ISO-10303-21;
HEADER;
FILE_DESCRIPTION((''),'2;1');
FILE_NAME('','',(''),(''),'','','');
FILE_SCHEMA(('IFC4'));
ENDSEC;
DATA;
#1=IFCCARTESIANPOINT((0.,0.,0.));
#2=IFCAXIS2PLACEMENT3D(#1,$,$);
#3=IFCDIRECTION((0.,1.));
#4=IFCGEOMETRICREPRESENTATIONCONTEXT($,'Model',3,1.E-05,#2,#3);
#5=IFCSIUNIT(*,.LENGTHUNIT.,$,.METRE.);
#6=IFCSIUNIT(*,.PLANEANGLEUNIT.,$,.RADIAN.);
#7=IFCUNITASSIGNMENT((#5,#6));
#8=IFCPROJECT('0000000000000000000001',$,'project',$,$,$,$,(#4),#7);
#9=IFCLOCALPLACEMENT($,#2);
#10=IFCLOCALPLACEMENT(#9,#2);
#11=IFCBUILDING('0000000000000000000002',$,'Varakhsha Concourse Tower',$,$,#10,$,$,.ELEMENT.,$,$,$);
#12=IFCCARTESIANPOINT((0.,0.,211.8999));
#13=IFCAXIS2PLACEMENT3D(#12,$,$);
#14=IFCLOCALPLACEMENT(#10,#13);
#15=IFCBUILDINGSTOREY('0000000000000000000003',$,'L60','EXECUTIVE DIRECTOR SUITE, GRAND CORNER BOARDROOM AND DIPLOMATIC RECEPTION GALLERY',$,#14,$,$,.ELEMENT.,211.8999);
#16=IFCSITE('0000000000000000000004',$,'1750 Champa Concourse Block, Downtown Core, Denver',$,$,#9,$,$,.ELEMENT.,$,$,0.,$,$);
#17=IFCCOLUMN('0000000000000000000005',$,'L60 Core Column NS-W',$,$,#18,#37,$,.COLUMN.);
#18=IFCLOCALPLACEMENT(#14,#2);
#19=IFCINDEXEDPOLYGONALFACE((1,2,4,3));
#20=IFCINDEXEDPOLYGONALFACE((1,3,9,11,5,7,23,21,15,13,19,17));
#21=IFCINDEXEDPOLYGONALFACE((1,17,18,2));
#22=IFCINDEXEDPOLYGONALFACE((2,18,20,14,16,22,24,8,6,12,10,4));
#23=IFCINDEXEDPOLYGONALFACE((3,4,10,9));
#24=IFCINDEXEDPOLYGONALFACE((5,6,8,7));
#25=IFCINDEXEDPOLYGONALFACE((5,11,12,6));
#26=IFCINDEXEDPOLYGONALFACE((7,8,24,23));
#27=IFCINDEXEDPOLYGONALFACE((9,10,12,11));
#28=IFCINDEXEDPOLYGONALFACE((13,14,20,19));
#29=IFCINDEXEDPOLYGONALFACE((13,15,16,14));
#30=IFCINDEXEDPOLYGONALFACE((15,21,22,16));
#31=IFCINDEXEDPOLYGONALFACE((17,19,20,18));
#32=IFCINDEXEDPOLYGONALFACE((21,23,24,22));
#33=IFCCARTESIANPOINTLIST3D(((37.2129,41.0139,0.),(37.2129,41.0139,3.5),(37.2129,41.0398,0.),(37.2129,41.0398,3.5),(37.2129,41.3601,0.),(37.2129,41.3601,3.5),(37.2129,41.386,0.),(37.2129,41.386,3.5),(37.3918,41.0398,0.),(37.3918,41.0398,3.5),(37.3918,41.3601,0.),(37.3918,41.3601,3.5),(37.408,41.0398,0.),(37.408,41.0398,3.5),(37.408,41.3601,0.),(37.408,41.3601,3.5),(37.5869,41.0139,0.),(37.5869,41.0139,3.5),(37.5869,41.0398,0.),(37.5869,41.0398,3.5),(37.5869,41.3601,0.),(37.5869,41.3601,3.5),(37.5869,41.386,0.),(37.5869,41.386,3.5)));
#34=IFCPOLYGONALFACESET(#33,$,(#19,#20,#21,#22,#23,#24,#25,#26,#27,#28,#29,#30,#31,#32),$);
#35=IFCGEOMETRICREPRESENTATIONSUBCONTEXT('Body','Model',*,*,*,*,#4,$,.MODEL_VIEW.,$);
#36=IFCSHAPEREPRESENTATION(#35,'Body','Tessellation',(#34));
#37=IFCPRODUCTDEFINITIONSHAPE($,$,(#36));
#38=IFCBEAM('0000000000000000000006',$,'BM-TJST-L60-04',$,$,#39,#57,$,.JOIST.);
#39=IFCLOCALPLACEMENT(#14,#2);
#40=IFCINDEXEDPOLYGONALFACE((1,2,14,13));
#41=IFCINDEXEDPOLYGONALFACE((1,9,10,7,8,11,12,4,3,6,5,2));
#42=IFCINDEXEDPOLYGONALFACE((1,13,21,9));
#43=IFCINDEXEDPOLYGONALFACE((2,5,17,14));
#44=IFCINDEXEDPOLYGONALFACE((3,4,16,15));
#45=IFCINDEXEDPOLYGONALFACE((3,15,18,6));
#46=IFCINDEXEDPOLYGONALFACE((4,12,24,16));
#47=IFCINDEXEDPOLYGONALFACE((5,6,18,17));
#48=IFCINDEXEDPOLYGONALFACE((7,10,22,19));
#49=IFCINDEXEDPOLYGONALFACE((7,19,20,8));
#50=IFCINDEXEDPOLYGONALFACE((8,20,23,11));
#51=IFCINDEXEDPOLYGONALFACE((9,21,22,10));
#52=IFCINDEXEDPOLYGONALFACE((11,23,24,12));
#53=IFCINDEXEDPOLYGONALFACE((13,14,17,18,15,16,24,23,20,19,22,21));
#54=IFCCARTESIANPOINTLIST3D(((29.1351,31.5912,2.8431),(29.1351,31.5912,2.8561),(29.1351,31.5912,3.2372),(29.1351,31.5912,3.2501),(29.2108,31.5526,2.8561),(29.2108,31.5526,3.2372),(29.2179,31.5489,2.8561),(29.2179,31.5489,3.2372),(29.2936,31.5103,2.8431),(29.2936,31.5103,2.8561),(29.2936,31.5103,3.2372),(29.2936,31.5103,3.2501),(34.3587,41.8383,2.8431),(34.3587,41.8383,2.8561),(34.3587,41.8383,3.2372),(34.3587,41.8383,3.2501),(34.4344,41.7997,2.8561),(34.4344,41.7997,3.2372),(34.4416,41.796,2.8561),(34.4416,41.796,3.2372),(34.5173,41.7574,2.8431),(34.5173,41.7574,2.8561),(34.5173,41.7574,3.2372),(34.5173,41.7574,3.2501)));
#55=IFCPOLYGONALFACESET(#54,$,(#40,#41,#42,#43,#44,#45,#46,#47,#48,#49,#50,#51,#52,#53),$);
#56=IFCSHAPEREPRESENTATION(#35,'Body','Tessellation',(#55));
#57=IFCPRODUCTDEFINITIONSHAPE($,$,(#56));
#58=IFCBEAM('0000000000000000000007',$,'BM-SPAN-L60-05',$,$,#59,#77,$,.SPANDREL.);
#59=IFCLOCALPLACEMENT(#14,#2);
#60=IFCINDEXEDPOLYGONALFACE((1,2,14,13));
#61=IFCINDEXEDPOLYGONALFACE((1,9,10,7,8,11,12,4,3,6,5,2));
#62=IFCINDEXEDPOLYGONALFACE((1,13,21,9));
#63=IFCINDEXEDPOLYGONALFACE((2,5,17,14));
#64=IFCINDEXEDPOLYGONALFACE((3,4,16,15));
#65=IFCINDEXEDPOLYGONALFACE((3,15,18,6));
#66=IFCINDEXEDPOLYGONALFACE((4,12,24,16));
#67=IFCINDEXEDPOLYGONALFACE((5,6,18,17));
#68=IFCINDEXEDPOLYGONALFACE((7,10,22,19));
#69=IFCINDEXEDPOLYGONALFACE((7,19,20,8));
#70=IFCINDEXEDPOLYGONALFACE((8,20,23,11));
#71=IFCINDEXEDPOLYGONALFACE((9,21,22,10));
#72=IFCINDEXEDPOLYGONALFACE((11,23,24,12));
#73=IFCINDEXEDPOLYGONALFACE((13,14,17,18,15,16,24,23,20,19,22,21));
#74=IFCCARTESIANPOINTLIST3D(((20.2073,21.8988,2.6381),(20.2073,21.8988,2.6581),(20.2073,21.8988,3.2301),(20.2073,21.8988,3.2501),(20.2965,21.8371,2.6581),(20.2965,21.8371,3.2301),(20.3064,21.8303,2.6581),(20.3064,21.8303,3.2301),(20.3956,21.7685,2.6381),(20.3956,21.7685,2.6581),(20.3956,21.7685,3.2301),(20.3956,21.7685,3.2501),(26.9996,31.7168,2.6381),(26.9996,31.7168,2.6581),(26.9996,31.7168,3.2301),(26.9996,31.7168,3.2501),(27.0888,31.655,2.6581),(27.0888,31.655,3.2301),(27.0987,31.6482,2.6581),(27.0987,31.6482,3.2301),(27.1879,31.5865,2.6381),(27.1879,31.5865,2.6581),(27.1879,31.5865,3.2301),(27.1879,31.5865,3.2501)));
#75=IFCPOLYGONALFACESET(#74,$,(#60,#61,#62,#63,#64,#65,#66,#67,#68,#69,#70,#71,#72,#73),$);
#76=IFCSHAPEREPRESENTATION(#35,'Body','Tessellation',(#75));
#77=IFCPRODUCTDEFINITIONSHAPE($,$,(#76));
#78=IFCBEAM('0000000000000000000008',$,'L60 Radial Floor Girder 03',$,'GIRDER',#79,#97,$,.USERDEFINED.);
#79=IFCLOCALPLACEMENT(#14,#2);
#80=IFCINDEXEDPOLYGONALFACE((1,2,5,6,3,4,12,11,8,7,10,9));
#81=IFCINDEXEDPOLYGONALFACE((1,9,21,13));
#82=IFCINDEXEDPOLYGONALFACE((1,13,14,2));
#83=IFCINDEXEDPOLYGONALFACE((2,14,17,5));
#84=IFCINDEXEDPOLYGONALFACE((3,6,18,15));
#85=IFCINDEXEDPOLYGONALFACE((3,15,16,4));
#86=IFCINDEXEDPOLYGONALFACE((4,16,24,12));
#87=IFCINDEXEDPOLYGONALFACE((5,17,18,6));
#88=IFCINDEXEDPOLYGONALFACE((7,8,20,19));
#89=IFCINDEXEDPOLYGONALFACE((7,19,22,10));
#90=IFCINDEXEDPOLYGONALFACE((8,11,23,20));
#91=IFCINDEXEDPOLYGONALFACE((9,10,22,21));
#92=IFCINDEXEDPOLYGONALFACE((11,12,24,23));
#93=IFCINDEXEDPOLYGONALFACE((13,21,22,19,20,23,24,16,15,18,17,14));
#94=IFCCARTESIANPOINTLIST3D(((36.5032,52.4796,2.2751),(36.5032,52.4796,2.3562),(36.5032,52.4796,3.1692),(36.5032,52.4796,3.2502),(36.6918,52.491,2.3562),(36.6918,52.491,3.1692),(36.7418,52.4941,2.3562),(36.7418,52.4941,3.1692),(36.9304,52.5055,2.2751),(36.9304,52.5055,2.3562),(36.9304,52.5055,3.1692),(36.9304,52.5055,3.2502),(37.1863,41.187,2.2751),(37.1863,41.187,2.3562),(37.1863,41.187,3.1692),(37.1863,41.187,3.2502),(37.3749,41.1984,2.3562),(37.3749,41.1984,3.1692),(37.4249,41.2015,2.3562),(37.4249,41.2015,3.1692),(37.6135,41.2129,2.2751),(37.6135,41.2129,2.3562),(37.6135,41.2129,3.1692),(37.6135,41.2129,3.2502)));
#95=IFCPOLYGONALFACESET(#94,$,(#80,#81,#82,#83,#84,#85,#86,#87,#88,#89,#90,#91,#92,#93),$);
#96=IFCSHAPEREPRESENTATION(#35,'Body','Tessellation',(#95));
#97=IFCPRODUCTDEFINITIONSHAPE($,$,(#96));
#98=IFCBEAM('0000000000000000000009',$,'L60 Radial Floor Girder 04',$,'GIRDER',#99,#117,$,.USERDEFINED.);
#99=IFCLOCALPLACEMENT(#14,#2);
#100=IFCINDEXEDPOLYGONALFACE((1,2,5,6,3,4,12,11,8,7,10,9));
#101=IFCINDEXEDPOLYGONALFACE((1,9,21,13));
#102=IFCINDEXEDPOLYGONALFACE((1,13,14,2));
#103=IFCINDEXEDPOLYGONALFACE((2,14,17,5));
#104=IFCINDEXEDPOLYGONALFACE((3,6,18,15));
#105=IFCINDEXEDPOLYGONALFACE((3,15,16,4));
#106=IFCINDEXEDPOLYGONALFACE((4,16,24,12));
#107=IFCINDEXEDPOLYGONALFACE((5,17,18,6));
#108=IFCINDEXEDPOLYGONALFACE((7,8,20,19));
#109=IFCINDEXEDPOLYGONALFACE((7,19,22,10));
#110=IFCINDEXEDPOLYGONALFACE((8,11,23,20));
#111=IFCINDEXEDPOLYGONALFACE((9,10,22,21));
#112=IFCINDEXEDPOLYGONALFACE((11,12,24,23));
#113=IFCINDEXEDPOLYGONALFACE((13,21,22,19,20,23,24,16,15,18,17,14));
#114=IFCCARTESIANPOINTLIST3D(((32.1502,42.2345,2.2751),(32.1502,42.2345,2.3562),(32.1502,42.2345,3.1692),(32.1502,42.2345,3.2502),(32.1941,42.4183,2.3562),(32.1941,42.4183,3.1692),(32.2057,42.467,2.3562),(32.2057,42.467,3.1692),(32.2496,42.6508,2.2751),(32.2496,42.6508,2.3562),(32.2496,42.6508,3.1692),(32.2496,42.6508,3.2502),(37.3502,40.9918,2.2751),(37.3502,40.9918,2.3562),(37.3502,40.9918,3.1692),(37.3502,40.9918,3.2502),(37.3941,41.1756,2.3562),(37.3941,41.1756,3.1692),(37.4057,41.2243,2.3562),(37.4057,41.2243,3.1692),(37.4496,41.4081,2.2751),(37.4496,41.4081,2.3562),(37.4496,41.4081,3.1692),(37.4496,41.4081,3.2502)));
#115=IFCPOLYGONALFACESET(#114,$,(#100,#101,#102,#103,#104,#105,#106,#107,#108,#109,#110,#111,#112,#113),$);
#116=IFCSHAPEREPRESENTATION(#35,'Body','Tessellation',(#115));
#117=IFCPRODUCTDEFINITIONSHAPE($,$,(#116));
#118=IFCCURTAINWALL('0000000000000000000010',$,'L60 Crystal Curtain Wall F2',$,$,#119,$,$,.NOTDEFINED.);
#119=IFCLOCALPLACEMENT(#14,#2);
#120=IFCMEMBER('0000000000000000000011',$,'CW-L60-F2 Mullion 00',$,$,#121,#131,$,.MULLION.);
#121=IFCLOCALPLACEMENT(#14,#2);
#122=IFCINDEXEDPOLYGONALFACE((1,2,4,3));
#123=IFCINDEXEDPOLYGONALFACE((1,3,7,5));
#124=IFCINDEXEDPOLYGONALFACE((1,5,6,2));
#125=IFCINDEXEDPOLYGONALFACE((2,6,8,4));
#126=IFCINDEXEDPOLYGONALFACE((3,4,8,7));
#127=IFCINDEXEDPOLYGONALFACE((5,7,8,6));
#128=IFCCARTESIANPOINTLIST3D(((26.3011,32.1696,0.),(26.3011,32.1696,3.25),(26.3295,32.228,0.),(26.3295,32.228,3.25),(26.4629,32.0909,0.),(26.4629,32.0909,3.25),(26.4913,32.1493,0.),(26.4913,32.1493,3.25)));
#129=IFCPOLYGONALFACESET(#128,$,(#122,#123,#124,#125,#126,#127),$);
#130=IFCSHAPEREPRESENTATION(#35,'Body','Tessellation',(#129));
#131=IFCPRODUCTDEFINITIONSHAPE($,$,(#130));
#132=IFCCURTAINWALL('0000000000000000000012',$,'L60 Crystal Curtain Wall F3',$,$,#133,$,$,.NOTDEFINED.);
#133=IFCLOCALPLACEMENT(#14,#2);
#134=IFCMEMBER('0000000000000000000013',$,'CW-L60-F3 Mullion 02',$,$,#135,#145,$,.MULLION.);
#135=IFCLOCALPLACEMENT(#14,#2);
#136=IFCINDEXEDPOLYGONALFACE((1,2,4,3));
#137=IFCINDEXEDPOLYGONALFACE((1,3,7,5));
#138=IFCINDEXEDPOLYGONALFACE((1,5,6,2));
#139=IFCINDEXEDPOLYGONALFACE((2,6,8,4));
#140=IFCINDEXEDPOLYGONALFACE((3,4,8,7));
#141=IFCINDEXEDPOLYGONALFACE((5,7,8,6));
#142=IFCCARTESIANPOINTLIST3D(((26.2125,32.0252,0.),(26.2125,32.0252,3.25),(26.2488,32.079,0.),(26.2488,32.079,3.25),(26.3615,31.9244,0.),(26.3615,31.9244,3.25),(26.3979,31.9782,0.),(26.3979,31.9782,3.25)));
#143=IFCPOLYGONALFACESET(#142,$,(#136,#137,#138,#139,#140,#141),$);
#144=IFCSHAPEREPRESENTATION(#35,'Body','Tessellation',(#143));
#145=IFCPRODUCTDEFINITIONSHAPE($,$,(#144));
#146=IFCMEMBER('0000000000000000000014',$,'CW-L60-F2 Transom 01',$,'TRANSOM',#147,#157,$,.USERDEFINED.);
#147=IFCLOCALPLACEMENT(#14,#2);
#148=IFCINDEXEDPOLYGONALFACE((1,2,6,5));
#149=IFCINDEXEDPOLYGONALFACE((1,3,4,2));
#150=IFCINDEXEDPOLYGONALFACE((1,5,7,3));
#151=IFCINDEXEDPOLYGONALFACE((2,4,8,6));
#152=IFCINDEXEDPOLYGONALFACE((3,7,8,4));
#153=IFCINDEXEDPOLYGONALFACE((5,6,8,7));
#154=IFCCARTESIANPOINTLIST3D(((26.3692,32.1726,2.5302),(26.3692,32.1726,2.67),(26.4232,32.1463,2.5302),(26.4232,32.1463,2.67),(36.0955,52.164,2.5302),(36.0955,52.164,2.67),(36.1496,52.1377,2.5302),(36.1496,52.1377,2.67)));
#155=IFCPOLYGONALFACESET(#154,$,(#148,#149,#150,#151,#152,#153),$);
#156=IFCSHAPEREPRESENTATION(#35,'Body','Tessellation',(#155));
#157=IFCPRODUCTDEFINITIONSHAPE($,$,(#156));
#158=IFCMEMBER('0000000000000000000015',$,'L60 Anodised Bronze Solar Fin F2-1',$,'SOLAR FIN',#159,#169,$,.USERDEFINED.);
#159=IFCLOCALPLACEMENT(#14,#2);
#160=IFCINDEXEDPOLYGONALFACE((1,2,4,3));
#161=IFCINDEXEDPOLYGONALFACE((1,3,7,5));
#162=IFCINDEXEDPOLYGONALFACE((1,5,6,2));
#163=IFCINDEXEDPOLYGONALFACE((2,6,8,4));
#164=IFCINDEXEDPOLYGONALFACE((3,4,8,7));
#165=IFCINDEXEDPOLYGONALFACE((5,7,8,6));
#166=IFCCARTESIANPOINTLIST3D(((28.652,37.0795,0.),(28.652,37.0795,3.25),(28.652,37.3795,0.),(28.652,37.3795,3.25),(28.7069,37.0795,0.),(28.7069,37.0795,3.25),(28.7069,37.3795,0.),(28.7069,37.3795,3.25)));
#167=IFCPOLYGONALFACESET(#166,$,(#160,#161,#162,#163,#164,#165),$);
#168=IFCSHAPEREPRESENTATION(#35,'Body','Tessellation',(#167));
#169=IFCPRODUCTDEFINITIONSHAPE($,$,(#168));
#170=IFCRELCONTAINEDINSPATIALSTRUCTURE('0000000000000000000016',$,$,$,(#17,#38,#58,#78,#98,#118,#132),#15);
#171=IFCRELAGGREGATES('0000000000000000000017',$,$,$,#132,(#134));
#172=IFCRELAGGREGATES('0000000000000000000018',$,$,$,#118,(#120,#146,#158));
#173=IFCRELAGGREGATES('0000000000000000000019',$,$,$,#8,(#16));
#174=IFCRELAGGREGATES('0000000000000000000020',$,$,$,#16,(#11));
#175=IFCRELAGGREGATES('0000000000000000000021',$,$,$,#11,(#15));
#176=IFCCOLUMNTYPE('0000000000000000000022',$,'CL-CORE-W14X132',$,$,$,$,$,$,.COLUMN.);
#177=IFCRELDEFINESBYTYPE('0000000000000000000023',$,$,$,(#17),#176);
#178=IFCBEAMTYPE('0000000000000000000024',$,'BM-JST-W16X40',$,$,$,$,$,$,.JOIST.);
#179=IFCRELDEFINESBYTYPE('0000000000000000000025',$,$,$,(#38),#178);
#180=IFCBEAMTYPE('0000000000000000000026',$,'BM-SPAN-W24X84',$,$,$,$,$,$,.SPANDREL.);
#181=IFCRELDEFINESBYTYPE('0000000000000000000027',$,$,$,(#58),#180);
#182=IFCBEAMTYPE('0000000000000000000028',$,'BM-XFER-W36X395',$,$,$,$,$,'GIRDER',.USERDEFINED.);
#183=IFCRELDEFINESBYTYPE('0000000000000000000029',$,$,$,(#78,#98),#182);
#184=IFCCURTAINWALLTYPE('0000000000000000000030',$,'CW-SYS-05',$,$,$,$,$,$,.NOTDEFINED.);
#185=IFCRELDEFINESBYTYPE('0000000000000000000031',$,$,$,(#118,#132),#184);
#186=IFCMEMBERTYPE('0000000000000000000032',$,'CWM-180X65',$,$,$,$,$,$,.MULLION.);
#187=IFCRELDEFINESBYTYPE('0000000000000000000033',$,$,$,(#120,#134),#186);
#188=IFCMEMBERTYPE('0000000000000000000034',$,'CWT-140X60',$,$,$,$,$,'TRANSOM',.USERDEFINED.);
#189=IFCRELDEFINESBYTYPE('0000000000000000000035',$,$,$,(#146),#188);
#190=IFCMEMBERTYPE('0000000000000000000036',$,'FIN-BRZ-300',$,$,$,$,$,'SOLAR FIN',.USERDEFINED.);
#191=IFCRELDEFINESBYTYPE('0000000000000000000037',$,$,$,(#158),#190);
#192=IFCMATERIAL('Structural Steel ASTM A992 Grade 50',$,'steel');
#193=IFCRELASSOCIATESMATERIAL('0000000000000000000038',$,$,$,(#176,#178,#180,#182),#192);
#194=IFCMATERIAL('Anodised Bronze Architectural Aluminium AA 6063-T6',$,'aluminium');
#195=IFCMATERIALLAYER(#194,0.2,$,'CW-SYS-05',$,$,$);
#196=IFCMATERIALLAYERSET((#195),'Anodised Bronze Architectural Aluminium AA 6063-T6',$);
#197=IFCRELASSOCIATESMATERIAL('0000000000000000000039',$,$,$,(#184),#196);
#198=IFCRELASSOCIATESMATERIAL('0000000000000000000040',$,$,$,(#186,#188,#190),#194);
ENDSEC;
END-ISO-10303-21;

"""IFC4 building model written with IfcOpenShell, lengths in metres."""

from ifc_helpers import new_model, si_unit, direction, frame, origin, origin_2d, place, context, subcontext, project, spatial, rectangle, i_section, extrude, source, transform, mapped, material, layer, layer_set, material_profile, profile_set, type_object, type_shapes, element, aggregate, save


model = new_model("IFC4")

# Units and contexts
model_context = context("Model", 3, precision=1e-05, world=origin(), true_north=direction((0.0, 1.0)))
body_context = subcontext(model_context, "Body", "Model", "MODEL_VIEW")
ifc_project = project(units=[si_unit("LENGTHUNIT", "METRE"), si_unit("PLANEANGLEUNIT", "RADIAN")], contexts=[model_context])

# Site, building, storey
site_placement = place(None, origin())
site = spatial("IfcSite", under=ifc_project, at=site_placement, Name="1750 Champa Concourse Block, Downtown Core, Denver", CompositionType="ELEMENT", RefElevation=0.0)
building_placement = place(site_placement, origin())
building = spatial("IfcBuilding", under=site, at=building_placement, Name="Varakhsha Concourse Tower", CompositionType="ELEMENT")
storey_placement = place(building_placement, frame((0.0, 0.0, 211.8999)))
storey = spatial("IfcBuildingStorey", under=building, at=storey_placement, Name="L60", Description="EXECUTIVE DIRECTOR SUITE, GRAND CORNER BOARDROOM AND DIPLOMATIC RECEPTION GALLERY", CompositionType="ELEMENT", Elevation=211.8999)

# Column
ifc_material_1 = material(Name="Structural Steel ASTM A992 Grade 50", Category="steel")
ifc_material_profile_1 = material_profile(ifc_material_1, i_section(OverallWidth=0.374, OverallDepth=0.3721, WebThickness=0.0161, FlangeThickness=0.0259, at=origin_2d()), Name="W14X132")
ifc_profile_set_1 = profile_set([ifc_material_profile_1], Name="Structural Steel ASTM A992 Grade 50")
column_type = type_object("IfcColumnType", Name="CL-CORE-W14X132", PredefinedType="COLUMN", material=ifc_profile_set_1)
column_placement = place(storey_placement, frame((37.3999, 41.2, 0.0), z_axis=(0.0, 0.0, 1.0), x_axis=(1.0, 0.0, 0.0)))
element("IfcColumn", 1, at=column_placement, inside=storey, type_object=column_type, Name="L60 Core Column NS-W", PredefinedType="COLUMN", context=body_context, shape_type="SweptSolid", body=[
    extrude(i_section(OverallWidth=0.374, OverallDepth=0.3721, WebThickness=0.0161, FlangeThickness=0.0259, at=origin_2d()), origin(), (0.0, 0.0, 1.0), 3.5),
])

# Beams
ifc_material_profile_2 = material_profile(ifc_material_1, i_section(OverallWidth=0.178, OverallDepth=0.407, WebThickness=0.0081, FlangeThickness=0.0129, at=origin_2d()), Name="W16X40")
ifc_profile_set_2 = profile_set([ifc_material_profile_2], Name="Structural Steel ASTM A992 Grade 50")
beam_type_1 = type_object("IfcBeamType", Name="BM-JST-W16X40", PredefinedType="JOIST", material=ifc_profile_set_2)
beam_1_placement = place(storey_placement, frame((34.438, 41.7979, 3.0466), z_axis=(-0.454162, -0.890919, 0.0), x_axis=(0.890919, -0.454162, 0.0)))
element("IfcBeam", 2, at=beam_1_placement, inside=storey, type_object=beam_type_1, Name="BM-TJST-L60-04", PredefinedType="JOIST", context=body_context, shape_type="SweptSolid", body=[
    extrude(i_section(OverallWidth=0.178, OverallDepth=0.407, WebThickness=0.0081, FlangeThickness=0.0129, at=origin_2d()), origin(), (0.0, 0.0, 1.0), 11.5017),
])
ifc_material_profile_3 = material_profile(ifc_material_1, i_section(OverallWidth=0.229, OverallDepth=0.6121, WebThickness=0.012, FlangeThickness=0.02, at=origin_2d()), Name="W24X84")
ifc_profile_set_3 = profile_set([ifc_material_profile_3], Name="Structural Steel ASTM A992 Grade 50")
beam_type_2 = type_object("IfcBeamType", Name="BM-SPAN-W24X84", PredefinedType="SPANDREL", material=ifc_profile_set_3)
beam_2_placement = place(storey_placement, frame((27.0938, 31.6516, 2.9441), z_axis=(-0.568941, -0.822378, 0.0), x_axis=(0.822378, -0.568941, 0.0)))
element("IfcBeam", 3, at=beam_2_placement, inside=storey, type_object=beam_type_2, Name="BM-SPAN-L60-05", PredefinedType="SPANDREL", context=body_context, shape_type="SweptSolid", body=[
    extrude(i_section(OverallWidth=0.229, OverallDepth=0.6121, WebThickness=0.012, FlangeThickness=0.02, at=origin_2d()), origin(), (0.0, 0.0, 1.0), 11.9385),
])
ifc_material_profile_4 = material_profile(ifc_material_1, i_section(OverallWidth=0.428, OverallDepth=0.9751, WebThickness=0.05, FlangeThickness=0.0811, at=origin_2d()), Name="W36X395")
ifc_profile_set_4 = profile_set([ifc_material_profile_4], Name="Structural Steel ASTM A992 Grade 50")
beam_type_3 = type_object("IfcBeamType", Name="BM-XFER-W36X395", ElementType="GIRDER", PredefinedType="USERDEFINED", material=ifc_profile_set_4)
beam_3_placement = place(storey_placement, frame((37.3999, 41.2, 2.7627), z_axis=(-0.060382, 0.998175, 0.0), x_axis=(-0.998175, -0.060382, 0.0)))
element("IfcBeam", 4, at=beam_3_placement, inside=storey, type_object=beam_type_3, Name="L60 Radial Floor Girder 03", ObjectType="GIRDER", PredefinedType="USERDEFINED", context=body_context, shape_type="SweptSolid", body=[
    extrude(i_section(OverallWidth=0.428, OverallDepth=0.9751, WebThickness=0.05, FlangeThickness=0.0811, at=origin_2d()), origin(), (0.0, 0.0, 1.0), 11.3132),
])
beam_4_placement = place(storey_placement, frame((37.3999, 41.2, 2.7627), z_axis=(-0.972612, 0.232433, 0.0), x_axis=(-0.232433, -0.972612, 0.0)))
element("IfcBeam", 5, at=beam_4_placement, inside=storey, type_object=beam_type_3, Name="L60 Radial Floor Girder 04", ObjectType="GIRDER", PredefinedType="USERDEFINED", context=body_context, shape_type="SweptSolid", body=[
    extrude(i_section(OverallWidth=0.428, OverallDepth=0.9751, WebThickness=0.05, FlangeThickness=0.0811, at=origin_2d()), origin(), (0.0, 0.0, 1.0), 5.3464),
])

# Curtain walls, members
ifc_material_2 = material(Name="Anodised Bronze Architectural Aluminium AA 6063-T6", Category="aluminium")
ifc_layer_1 = layer(ifc_material_2, 0.2, Name="CW-SYS-05")
ifc_layer_set_1 = layer_set([ifc_layer_1], Name="Anodised Bronze Architectural Aluminium AA 6063-T6")
curtain_wall_type = type_object("IfcCurtainWallType", Name="CW-SYS-05", PredefinedType="NOTDEFINED", material=ifc_layer_set_1)
curtain_wall_1_placement = place(storey_placement, origin())
curtain_wall_1 = element("IfcCurtainWall", 6, at=curtain_wall_1_placement, inside=storey, type_object=curtain_wall_type, Name="L60 Crystal Curtain Wall F2", PredefinedType="NOTDEFINED")
ifc_material_profile_5 = material_profile(ifc_material_2, rectangle(XDim=0.0649, YDim=0.1799, at=origin_2d()), Name="CWM-180X65")
ifc_profile_set_5 = profile_set([ifc_material_profile_5], Name="Anodised Bronze Architectural Aluminium AA 6063-T6")
member_type_1 = type_object("IfcMemberType", Name="CWM-180X65", PredefinedType="MULLION", material=ifc_profile_set_5)
shared_shape_1 = source(origin(), body_context, "Body", "SweptSolid", [
    extrude(rectangle(XDim=0.0649, YDim=0.1799, at=origin_2d()), origin(), (0.0, 0.0, 1.0), 3.25),
])
type_shapes(member_type_1, [shared_shape_1])
member_1_placement = place(storey_placement, frame((26.3962, 32.1594, 0.0), z_axis=(0.0, 0.0, 1.0), x_axis=(0.437497, 0.89922, 0.0)))
member_1 = element("IfcMember", 7, at=member_1_placement, type_object=member_type_1, Name="CW-L60-F2 Mullion 00", PredefinedType="MULLION", context=body_context, shape_type="MappedRepresentation", body=[
    mapped(shared_shape_1, transform((0.0, 0.0, 0.0), scale=1.0)),
])
curtain_wall_2_placement = place(storey_placement, origin())
curtain_wall_2 = element("IfcCurtainWall", 8, at=curtain_wall_2_placement, inside=storey, type_object=curtain_wall_type, Name="L60 Crystal Curtain Wall F3", PredefinedType="NOTDEFINED")
member_2_placement = place(storey_placement, frame((26.3052, 32.0017, 0.0), z_axis=(0.0, 0.0, 1.0), x_axis=(0.559999, 0.828494, 0.0)))
member_2 = element("IfcMember", 9, at=member_2_placement, type_object=member_type_1, Name="CW-L60-F3 Mullion 02", PredefinedType="MULLION", context=body_context, shape_type="MappedRepresentation", body=[
    mapped(shared_shape_1, transform((0.0, 0.0, 0.0), scale=1.0)),
])
aggregate(curtain_wall_2, [member_2])

# Members
ifc_material_profile_6 = material_profile(ifc_material_2, rectangle(XDim=0.0601, YDim=0.1399, at=origin_2d()), Name="CWT-140X60")
ifc_profile_set_6 = profile_set([ifc_material_profile_6], Name="Anodised Bronze Architectural Aluminium AA 6063-T6")
member_type_2 = type_object("IfcMemberType", Name="CWT-140X60", ElementType="TRANSOM", PredefinedType="USERDEFINED", material=ifc_profile_set_6)
shared_shape_2 = source(origin(), body_context, "Body", "SweptSolid", [
    extrude(rectangle(XDim=0.0601, YDim=0.1399, at=origin_2d()), origin(), (0.0, 0.0, 1.0), 22.2319),
])
type_shapes(member_type_2, [shared_shape_2])
member_3_placement = place(storey_placement, frame((26.3962, 32.1594, 2.6001), z_axis=(0.437493, 0.899222, 0.0), x_axis=(-0.899222, 0.437493, 0.0)))
member_3 = element("IfcMember", 10, at=member_3_placement, type_object=member_type_2, Name="CW-L60-F2 Transom 01", ObjectType="TRANSOM", PredefinedType="USERDEFINED", context=body_context, shape_type="MappedRepresentation", body=[
    mapped(shared_shape_2, transform((0.0, 0.0, 0.0), scale=1.0)),
])
ifc_material_profile_7 = material_profile(ifc_material_2, rectangle(XDim=0.0549, YDim=0.3, at=origin_2d()), Name="FIN-BRZ-300")
ifc_profile_set_7 = profile_set([ifc_material_profile_7], Name="Anodised Bronze Architectural Aluminium AA 6063-T6")
member_type_3 = type_object("IfcMemberType", Name="FIN-BRZ-300", ElementType="SOLAR FIN", PredefinedType="USERDEFINED", material=ifc_profile_set_7)
shared_shape_3 = source(origin(), body_context, "Body", "SweptSolid", [
    extrude(rectangle(XDim=0.0549, YDim=0.3, at=origin_2d()), origin(), (0.0, 0.0, 1.0), 3.25),
])
type_shapes(member_type_3, [shared_shape_3])
member_4_placement = place(storey_placement, frame((28.6794, 37.2295, 0.0), z_axis=(0.0, 0.0, 1.0), x_axis=(1.0, 0.0, 0.0)))
member_4 = element("IfcMember", 11, at=member_4_placement, type_object=member_type_3, Name="L60 Anodised Bronze Solar Fin F2-1", ObjectType="SOLAR FIN", PredefinedType="USERDEFINED", context=body_context, shape_type="MappedRepresentation", body=[
    mapped(shared_shape_3, transform((0.0, 0.0, 0.0), scale=1.0)),
])

aggregate(curtain_wall_1, [member_1, member_3, member_4])

save(model, "model.ifc")
